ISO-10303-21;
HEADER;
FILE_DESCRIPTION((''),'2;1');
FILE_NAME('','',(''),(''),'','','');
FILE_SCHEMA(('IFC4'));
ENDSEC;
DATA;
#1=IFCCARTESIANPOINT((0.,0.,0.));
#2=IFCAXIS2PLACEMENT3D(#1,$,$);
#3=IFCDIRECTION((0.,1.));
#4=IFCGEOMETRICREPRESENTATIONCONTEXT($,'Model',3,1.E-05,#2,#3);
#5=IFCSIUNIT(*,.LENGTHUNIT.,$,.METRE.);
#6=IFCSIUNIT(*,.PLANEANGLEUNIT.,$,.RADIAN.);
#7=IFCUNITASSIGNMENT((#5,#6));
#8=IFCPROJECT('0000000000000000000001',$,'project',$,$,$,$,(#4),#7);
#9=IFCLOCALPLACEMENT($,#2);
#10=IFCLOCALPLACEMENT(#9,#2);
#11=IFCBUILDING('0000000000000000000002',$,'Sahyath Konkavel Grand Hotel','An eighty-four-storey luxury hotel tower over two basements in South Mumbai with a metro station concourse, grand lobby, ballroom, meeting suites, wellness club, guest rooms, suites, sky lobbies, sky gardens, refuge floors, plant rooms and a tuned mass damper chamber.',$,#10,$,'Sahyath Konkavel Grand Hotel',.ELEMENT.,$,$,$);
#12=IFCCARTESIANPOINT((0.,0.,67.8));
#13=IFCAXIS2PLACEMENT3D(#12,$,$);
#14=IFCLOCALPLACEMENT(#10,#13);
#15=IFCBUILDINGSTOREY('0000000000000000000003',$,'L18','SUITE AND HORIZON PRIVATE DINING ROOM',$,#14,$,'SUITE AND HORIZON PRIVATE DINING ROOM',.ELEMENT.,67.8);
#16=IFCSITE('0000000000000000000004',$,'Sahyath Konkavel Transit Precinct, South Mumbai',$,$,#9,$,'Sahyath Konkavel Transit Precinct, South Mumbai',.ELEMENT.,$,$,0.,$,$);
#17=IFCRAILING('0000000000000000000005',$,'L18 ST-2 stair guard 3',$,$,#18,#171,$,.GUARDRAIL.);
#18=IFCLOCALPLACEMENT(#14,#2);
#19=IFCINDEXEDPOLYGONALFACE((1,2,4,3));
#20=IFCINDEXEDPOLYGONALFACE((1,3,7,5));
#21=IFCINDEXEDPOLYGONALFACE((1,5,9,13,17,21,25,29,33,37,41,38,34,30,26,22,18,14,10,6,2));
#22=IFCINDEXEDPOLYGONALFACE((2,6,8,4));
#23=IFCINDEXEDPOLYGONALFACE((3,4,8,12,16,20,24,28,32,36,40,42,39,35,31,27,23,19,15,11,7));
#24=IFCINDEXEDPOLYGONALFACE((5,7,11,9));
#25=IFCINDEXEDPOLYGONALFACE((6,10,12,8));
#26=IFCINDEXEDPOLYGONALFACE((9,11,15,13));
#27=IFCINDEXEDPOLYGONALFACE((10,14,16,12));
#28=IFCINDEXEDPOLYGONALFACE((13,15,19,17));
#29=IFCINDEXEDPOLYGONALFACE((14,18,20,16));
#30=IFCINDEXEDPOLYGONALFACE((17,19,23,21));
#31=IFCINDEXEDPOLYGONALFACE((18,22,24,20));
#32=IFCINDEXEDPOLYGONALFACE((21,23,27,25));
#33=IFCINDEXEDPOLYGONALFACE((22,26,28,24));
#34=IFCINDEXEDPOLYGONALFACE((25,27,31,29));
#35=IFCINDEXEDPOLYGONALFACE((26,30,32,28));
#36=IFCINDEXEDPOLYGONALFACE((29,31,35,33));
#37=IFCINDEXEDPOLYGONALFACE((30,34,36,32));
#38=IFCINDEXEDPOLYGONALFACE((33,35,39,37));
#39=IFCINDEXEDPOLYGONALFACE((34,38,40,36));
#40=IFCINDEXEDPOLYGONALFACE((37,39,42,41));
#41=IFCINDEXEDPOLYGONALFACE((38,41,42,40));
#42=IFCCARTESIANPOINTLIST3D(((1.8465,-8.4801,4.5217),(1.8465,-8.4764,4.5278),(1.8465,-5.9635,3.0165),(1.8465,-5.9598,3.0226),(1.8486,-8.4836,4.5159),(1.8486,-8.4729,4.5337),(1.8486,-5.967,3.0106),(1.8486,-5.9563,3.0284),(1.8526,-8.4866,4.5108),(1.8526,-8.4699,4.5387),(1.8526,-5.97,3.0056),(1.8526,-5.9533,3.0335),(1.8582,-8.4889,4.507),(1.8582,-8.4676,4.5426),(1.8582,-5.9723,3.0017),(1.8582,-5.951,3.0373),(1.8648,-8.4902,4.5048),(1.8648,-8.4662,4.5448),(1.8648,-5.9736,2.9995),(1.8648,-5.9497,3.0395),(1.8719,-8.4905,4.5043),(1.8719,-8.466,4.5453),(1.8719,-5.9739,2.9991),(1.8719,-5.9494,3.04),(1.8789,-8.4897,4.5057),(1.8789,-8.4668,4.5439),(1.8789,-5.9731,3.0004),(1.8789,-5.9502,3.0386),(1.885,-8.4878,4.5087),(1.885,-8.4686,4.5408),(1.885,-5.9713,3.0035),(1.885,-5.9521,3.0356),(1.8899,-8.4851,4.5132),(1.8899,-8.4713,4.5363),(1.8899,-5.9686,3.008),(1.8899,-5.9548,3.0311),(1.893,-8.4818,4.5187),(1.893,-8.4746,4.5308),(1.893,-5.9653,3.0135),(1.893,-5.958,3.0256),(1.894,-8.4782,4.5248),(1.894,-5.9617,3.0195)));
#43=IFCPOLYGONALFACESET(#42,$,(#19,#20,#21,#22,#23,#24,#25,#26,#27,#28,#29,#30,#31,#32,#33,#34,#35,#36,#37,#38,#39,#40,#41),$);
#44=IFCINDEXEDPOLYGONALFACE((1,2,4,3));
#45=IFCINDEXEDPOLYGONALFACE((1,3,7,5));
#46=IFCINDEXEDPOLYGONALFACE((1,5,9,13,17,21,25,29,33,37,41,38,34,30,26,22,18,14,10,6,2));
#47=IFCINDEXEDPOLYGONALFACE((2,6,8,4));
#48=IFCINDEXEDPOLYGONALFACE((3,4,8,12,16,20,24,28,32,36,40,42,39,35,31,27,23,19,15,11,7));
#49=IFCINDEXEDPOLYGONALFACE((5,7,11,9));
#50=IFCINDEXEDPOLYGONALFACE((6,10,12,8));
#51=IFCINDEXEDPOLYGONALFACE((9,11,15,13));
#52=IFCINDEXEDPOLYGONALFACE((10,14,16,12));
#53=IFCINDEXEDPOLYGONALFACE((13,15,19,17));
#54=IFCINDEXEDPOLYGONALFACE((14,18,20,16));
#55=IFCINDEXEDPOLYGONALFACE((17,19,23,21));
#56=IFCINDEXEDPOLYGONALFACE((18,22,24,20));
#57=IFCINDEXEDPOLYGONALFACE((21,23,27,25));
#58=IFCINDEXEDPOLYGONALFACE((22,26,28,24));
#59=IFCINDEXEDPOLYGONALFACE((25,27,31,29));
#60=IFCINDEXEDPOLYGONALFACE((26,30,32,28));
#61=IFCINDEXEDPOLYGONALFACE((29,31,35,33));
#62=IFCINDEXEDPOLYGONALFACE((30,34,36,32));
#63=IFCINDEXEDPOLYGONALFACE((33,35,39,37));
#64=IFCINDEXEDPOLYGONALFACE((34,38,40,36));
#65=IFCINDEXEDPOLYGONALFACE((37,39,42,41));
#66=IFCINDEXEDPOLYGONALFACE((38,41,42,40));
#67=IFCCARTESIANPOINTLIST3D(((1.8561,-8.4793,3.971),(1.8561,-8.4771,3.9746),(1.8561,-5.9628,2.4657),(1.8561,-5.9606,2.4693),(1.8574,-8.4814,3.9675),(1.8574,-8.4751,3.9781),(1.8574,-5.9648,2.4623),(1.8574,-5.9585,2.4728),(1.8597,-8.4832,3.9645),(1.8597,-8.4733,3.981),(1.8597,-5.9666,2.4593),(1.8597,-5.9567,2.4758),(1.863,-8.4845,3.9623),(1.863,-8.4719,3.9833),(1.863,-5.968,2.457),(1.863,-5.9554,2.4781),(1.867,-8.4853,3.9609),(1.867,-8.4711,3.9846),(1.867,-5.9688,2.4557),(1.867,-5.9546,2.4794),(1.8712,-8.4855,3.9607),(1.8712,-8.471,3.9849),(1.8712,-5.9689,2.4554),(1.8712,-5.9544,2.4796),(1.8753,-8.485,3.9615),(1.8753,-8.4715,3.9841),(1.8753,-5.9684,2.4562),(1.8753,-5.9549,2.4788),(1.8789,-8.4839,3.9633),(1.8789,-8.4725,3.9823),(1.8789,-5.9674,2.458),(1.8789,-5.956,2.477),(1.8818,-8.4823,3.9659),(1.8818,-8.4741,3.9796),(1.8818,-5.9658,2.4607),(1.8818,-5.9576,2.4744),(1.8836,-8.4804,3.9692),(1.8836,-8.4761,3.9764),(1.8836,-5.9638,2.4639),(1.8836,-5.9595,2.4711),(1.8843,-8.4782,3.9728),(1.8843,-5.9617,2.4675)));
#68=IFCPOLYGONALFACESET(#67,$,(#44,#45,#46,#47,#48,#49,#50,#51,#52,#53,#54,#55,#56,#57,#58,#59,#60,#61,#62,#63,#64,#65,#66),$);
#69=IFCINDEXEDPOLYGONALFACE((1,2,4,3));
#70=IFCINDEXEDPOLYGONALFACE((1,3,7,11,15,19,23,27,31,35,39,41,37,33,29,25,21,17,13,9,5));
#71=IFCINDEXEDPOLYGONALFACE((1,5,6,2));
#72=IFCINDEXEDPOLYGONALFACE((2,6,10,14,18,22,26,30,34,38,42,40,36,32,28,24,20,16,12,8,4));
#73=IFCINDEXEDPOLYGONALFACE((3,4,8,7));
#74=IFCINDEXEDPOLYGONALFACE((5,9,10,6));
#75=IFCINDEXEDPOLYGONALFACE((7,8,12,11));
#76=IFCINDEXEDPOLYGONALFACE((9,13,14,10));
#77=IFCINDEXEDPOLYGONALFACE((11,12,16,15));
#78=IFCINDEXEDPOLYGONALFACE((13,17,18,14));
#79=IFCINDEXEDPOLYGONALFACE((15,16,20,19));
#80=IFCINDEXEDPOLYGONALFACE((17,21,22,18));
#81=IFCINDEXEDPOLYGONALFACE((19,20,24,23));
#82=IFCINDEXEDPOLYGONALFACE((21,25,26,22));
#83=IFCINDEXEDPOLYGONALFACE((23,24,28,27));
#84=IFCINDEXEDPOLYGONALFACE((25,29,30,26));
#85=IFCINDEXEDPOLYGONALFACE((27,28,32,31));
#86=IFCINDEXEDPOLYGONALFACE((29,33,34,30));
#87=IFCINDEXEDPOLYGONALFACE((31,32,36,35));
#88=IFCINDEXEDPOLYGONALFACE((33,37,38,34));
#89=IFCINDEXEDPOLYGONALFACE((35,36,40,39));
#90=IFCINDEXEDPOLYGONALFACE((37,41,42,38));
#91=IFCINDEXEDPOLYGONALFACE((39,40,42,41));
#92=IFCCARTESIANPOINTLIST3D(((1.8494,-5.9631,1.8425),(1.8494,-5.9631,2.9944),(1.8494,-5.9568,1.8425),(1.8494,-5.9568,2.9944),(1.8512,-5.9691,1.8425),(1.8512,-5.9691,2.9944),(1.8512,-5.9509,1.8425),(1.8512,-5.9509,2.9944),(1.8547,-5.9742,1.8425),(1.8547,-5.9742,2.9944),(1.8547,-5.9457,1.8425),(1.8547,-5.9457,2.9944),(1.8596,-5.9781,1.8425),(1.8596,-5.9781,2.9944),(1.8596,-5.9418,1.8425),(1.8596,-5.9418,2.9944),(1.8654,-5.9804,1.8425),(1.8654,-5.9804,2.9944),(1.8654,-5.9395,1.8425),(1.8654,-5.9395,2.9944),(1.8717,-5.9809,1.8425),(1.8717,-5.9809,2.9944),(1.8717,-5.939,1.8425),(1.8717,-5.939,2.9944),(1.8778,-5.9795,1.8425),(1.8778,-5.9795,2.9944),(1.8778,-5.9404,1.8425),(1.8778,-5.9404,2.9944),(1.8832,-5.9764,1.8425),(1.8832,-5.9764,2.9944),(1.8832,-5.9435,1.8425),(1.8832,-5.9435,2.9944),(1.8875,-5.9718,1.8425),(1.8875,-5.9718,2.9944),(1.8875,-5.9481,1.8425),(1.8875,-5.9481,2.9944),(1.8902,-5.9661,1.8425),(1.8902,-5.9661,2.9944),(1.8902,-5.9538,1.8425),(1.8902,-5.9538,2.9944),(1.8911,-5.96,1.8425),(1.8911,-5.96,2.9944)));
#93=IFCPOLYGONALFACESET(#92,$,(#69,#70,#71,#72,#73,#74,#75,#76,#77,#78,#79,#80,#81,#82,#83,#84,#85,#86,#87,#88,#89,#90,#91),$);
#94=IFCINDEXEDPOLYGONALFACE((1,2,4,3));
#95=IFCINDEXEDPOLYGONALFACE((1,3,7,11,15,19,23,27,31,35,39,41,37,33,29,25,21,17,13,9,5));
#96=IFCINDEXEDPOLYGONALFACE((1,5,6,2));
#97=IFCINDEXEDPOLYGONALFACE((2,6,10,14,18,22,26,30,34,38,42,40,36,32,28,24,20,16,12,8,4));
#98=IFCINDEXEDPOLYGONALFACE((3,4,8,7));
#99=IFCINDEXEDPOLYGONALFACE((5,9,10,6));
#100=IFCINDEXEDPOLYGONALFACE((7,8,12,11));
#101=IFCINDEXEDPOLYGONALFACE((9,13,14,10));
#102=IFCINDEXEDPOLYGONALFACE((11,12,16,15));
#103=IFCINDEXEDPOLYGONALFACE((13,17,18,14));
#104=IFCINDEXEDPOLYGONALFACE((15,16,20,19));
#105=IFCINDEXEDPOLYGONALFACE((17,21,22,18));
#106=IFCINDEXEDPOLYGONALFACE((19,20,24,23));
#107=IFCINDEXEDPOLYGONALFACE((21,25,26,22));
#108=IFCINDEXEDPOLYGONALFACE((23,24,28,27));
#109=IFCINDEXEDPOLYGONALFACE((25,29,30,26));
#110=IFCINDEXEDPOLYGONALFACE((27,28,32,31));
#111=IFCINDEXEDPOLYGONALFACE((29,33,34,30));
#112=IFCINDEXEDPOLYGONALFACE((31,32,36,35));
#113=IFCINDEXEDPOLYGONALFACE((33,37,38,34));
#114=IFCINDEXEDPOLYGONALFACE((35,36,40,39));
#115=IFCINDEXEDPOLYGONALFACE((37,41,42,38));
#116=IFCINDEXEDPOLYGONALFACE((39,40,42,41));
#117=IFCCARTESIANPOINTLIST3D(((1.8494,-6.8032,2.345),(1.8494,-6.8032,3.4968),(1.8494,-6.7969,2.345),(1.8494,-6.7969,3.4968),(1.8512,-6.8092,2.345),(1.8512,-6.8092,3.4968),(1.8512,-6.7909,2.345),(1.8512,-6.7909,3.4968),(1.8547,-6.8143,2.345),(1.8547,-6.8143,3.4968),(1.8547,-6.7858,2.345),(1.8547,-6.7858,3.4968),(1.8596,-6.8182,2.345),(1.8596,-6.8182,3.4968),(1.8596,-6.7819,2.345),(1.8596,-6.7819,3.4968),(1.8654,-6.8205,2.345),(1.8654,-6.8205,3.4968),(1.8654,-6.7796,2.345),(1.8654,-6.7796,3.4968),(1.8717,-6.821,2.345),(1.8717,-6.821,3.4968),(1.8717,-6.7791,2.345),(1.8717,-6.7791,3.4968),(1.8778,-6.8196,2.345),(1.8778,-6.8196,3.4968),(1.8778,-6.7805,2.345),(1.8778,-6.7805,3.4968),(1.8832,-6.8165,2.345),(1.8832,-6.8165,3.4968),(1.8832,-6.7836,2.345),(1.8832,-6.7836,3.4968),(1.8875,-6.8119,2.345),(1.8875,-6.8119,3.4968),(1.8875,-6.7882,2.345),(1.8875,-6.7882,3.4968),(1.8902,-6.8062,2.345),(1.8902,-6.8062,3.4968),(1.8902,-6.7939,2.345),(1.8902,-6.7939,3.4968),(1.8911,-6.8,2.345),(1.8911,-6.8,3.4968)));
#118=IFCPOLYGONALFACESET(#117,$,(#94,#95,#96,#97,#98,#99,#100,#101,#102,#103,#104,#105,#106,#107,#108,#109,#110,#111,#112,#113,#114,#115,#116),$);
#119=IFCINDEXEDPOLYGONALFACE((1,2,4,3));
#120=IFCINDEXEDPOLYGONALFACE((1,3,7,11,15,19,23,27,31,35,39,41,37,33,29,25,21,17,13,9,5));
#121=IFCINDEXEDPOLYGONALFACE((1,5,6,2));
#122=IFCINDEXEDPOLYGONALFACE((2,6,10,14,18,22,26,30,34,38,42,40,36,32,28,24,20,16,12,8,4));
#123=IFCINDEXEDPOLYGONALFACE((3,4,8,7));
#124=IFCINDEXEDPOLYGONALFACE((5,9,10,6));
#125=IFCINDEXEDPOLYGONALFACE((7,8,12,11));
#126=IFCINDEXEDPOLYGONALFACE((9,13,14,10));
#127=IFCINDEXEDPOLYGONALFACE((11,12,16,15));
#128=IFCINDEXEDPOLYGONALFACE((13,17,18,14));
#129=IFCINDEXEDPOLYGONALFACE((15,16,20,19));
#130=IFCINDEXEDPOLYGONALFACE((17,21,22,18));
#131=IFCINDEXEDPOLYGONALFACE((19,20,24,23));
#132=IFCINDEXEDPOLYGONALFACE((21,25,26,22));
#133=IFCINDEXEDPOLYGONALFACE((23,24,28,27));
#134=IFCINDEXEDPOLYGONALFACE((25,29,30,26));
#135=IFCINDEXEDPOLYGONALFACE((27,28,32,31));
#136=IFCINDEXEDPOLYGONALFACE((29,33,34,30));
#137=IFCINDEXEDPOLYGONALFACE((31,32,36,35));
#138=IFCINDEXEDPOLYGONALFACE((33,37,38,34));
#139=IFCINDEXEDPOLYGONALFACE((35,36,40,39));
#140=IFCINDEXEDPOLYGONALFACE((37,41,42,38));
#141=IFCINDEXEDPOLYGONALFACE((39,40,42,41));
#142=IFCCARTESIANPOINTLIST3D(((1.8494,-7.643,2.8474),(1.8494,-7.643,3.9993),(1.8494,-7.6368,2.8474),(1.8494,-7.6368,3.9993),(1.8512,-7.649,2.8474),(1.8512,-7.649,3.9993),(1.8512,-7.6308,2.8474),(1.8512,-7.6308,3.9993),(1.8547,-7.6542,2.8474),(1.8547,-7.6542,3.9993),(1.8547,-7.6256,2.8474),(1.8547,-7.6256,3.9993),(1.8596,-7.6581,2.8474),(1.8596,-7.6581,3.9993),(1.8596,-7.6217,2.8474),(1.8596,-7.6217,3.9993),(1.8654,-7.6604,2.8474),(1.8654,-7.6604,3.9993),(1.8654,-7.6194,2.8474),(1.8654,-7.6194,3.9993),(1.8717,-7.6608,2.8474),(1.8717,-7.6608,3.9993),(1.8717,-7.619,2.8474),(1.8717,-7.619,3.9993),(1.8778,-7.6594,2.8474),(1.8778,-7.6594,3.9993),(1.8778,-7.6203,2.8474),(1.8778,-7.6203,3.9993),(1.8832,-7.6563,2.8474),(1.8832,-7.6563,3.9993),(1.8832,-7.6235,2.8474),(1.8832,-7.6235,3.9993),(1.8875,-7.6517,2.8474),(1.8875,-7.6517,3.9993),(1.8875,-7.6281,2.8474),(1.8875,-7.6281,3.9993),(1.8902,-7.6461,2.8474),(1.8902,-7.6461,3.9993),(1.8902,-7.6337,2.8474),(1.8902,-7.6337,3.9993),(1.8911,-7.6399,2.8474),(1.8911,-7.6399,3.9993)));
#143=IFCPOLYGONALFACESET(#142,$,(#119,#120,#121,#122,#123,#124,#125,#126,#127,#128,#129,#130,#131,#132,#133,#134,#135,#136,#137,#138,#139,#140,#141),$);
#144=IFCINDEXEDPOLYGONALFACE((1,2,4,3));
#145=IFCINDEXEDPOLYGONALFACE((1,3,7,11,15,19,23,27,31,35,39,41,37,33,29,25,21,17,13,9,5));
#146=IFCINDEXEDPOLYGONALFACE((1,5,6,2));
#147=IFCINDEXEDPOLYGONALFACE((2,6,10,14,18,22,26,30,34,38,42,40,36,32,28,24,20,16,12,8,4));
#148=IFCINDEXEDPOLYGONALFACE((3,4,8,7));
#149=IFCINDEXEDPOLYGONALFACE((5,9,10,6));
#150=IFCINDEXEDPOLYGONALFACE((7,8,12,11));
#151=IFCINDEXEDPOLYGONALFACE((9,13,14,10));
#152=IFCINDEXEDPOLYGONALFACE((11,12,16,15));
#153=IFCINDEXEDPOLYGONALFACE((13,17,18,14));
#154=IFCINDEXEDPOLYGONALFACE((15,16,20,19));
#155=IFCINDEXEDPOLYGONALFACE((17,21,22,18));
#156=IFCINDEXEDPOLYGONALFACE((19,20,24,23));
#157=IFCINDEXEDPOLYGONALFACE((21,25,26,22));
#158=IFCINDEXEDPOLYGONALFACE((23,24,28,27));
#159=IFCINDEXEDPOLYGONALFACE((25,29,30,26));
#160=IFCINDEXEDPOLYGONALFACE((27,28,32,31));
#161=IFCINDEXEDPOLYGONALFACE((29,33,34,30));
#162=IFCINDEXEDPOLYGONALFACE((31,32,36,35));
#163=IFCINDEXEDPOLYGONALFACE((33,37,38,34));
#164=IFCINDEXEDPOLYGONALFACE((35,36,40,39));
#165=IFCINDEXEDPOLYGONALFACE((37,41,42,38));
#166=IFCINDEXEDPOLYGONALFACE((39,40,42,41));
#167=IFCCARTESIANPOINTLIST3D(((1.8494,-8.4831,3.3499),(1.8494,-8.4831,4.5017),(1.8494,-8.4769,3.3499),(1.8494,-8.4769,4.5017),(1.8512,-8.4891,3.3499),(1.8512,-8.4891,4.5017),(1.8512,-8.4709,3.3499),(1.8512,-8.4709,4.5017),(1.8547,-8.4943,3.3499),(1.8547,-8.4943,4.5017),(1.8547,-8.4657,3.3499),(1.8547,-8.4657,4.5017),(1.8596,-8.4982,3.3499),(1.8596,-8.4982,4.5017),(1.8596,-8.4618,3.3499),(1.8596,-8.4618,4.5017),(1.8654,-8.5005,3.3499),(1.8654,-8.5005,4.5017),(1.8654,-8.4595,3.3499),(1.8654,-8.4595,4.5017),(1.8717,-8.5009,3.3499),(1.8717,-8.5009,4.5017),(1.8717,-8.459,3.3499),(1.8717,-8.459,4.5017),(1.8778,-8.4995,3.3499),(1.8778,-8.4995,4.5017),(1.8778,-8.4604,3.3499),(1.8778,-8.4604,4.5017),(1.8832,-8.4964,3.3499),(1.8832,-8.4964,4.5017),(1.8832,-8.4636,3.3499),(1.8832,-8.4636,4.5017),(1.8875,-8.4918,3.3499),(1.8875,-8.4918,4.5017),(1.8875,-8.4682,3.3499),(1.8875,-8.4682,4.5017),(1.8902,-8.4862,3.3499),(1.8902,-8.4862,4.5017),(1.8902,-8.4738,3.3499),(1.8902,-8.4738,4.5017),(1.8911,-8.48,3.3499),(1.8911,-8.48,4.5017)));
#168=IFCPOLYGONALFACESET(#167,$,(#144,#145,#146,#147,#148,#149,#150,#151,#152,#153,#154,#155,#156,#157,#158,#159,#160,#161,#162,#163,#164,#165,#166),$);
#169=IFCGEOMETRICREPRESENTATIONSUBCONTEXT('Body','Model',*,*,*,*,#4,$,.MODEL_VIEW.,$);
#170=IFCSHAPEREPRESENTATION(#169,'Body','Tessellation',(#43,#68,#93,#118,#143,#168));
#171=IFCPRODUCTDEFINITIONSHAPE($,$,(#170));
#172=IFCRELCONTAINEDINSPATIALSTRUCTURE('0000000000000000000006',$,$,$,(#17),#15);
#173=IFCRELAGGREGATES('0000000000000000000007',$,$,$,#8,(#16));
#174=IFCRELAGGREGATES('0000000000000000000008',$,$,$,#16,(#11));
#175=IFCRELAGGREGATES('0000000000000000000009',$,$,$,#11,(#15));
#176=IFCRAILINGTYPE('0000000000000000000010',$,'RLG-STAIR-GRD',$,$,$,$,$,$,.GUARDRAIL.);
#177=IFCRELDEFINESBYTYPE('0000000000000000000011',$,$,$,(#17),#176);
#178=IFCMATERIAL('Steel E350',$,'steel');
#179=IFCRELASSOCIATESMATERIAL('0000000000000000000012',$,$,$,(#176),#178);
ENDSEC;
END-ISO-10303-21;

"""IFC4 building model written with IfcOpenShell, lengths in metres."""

from ifc_helpers import new_model, si_unit, direction, frame, origin, origin_2d, place, context, subcontext, project, spatial, circle, extrude, material, type_object, element, save


model = new_model("IFC4")

# Units and contexts
model_context = context("Model", 3, precision=1e-05, world=origin(), true_north=direction((0.0, 1.0)))
body_context = subcontext(model_context, "Body", "Model", "MODEL_VIEW")
ifc_project = project(units=[si_unit("LENGTHUNIT", "METRE"), si_unit("PLANEANGLEUNIT", "RADIAN")], contexts=[model_context])

# Site, building, storey
site_placement = place(None, origin())
site = spatial("IfcSite", under=ifc_project, at=site_placement, Name="Sahyath Konkavel Transit Precinct, South Mumbai", LongName="Sahyath Konkavel Transit Precinct, South Mumbai", CompositionType="ELEMENT", RefElevation=0.0)
building_placement = place(site_placement, origin())
building = spatial("IfcBuilding", under=site, at=building_placement, Name="Sahyath Konkavel Grand Hotel", Description="An eighty-four-storey luxury hotel tower over two basements in South Mumbai with a metro station concourse, grand lobby, ballroom, meeting suites, wellness club, guest rooms, suites, sky lobbies, sky gardens, refuge floors, plant rooms and a tuned mass damper chamber.", LongName="Sahyath Konkavel Grand Hotel", CompositionType="ELEMENT")
storey_placement = place(building_placement, frame((0.0, 0.0, 67.8)))
storey = spatial("IfcBuildingStorey", under=building, at=storey_placement, Name="L18", Description="SUITE AND HORIZON PRIVATE DINING ROOM", LongName="SUITE AND HORIZON PRIVATE DINING ROOM", CompositionType="ELEMENT", Elevation=67.8)

# Shared definitions
ifc_material_1 = material(Name="Steel E350", Category="steel")

# Railing
railing_type_1 = type_object("IfcRailingType", Name="RLG-STAIR-GRD", PredefinedType="GUARDRAIL", material=ifc_material_1)
railing_1_placement = place(storey_placement, frame((1.8701, -5.96, 1.8425)))
element("IfcRailing", 1, at=railing_1_placement, inside=storey, type_object=railing_type_1, Name="L18 ST-2 stair guard 3", PredefinedType="GUARDRAIL", context=body_context, shape_type="SweptSolid", body=[
    extrude(circle(Radius=0.0239, at=origin_2d()), frame((0.0, -0.0017, 1.177), z_axis=(0.0, -0.858196, 0.513321), x_axis=(1.0, 0.0, 0.0)), (0.0, 0.0, 1.0), 2.9324),
    extrude(circle(Radius=0.0142, at=origin_2d()), frame((0.0, -0.0017, 0.625), z_axis=(0.0, -0.858196, 0.513321), x_axis=(1.0, 0.0, 0.0)), (0.0, 0.0, 1.0), 2.9324),
    extrude(circle(Radius=0.021, at=origin_2d()), origin(), (0.0, 0.0, 1.0), 1.1519),
    extrude(circle(Radius=0.021, at=origin_2d()), frame((0.0, -0.8401, 0.5024)), (0.0, 0.0, 1.0), 1.1519),
    extrude(circle(Radius=0.021, at=origin_2d()), frame((0.0, -1.6799, 1.0049)), (0.0, 0.0, 1.0), 1.1519),
    extrude(circle(Radius=0.021, at=origin_2d()), frame((0.0, -2.52, 1.5073)), (0.0, 0.0, 1.0), 1.1519),
])

save(model, "model.ifc")
